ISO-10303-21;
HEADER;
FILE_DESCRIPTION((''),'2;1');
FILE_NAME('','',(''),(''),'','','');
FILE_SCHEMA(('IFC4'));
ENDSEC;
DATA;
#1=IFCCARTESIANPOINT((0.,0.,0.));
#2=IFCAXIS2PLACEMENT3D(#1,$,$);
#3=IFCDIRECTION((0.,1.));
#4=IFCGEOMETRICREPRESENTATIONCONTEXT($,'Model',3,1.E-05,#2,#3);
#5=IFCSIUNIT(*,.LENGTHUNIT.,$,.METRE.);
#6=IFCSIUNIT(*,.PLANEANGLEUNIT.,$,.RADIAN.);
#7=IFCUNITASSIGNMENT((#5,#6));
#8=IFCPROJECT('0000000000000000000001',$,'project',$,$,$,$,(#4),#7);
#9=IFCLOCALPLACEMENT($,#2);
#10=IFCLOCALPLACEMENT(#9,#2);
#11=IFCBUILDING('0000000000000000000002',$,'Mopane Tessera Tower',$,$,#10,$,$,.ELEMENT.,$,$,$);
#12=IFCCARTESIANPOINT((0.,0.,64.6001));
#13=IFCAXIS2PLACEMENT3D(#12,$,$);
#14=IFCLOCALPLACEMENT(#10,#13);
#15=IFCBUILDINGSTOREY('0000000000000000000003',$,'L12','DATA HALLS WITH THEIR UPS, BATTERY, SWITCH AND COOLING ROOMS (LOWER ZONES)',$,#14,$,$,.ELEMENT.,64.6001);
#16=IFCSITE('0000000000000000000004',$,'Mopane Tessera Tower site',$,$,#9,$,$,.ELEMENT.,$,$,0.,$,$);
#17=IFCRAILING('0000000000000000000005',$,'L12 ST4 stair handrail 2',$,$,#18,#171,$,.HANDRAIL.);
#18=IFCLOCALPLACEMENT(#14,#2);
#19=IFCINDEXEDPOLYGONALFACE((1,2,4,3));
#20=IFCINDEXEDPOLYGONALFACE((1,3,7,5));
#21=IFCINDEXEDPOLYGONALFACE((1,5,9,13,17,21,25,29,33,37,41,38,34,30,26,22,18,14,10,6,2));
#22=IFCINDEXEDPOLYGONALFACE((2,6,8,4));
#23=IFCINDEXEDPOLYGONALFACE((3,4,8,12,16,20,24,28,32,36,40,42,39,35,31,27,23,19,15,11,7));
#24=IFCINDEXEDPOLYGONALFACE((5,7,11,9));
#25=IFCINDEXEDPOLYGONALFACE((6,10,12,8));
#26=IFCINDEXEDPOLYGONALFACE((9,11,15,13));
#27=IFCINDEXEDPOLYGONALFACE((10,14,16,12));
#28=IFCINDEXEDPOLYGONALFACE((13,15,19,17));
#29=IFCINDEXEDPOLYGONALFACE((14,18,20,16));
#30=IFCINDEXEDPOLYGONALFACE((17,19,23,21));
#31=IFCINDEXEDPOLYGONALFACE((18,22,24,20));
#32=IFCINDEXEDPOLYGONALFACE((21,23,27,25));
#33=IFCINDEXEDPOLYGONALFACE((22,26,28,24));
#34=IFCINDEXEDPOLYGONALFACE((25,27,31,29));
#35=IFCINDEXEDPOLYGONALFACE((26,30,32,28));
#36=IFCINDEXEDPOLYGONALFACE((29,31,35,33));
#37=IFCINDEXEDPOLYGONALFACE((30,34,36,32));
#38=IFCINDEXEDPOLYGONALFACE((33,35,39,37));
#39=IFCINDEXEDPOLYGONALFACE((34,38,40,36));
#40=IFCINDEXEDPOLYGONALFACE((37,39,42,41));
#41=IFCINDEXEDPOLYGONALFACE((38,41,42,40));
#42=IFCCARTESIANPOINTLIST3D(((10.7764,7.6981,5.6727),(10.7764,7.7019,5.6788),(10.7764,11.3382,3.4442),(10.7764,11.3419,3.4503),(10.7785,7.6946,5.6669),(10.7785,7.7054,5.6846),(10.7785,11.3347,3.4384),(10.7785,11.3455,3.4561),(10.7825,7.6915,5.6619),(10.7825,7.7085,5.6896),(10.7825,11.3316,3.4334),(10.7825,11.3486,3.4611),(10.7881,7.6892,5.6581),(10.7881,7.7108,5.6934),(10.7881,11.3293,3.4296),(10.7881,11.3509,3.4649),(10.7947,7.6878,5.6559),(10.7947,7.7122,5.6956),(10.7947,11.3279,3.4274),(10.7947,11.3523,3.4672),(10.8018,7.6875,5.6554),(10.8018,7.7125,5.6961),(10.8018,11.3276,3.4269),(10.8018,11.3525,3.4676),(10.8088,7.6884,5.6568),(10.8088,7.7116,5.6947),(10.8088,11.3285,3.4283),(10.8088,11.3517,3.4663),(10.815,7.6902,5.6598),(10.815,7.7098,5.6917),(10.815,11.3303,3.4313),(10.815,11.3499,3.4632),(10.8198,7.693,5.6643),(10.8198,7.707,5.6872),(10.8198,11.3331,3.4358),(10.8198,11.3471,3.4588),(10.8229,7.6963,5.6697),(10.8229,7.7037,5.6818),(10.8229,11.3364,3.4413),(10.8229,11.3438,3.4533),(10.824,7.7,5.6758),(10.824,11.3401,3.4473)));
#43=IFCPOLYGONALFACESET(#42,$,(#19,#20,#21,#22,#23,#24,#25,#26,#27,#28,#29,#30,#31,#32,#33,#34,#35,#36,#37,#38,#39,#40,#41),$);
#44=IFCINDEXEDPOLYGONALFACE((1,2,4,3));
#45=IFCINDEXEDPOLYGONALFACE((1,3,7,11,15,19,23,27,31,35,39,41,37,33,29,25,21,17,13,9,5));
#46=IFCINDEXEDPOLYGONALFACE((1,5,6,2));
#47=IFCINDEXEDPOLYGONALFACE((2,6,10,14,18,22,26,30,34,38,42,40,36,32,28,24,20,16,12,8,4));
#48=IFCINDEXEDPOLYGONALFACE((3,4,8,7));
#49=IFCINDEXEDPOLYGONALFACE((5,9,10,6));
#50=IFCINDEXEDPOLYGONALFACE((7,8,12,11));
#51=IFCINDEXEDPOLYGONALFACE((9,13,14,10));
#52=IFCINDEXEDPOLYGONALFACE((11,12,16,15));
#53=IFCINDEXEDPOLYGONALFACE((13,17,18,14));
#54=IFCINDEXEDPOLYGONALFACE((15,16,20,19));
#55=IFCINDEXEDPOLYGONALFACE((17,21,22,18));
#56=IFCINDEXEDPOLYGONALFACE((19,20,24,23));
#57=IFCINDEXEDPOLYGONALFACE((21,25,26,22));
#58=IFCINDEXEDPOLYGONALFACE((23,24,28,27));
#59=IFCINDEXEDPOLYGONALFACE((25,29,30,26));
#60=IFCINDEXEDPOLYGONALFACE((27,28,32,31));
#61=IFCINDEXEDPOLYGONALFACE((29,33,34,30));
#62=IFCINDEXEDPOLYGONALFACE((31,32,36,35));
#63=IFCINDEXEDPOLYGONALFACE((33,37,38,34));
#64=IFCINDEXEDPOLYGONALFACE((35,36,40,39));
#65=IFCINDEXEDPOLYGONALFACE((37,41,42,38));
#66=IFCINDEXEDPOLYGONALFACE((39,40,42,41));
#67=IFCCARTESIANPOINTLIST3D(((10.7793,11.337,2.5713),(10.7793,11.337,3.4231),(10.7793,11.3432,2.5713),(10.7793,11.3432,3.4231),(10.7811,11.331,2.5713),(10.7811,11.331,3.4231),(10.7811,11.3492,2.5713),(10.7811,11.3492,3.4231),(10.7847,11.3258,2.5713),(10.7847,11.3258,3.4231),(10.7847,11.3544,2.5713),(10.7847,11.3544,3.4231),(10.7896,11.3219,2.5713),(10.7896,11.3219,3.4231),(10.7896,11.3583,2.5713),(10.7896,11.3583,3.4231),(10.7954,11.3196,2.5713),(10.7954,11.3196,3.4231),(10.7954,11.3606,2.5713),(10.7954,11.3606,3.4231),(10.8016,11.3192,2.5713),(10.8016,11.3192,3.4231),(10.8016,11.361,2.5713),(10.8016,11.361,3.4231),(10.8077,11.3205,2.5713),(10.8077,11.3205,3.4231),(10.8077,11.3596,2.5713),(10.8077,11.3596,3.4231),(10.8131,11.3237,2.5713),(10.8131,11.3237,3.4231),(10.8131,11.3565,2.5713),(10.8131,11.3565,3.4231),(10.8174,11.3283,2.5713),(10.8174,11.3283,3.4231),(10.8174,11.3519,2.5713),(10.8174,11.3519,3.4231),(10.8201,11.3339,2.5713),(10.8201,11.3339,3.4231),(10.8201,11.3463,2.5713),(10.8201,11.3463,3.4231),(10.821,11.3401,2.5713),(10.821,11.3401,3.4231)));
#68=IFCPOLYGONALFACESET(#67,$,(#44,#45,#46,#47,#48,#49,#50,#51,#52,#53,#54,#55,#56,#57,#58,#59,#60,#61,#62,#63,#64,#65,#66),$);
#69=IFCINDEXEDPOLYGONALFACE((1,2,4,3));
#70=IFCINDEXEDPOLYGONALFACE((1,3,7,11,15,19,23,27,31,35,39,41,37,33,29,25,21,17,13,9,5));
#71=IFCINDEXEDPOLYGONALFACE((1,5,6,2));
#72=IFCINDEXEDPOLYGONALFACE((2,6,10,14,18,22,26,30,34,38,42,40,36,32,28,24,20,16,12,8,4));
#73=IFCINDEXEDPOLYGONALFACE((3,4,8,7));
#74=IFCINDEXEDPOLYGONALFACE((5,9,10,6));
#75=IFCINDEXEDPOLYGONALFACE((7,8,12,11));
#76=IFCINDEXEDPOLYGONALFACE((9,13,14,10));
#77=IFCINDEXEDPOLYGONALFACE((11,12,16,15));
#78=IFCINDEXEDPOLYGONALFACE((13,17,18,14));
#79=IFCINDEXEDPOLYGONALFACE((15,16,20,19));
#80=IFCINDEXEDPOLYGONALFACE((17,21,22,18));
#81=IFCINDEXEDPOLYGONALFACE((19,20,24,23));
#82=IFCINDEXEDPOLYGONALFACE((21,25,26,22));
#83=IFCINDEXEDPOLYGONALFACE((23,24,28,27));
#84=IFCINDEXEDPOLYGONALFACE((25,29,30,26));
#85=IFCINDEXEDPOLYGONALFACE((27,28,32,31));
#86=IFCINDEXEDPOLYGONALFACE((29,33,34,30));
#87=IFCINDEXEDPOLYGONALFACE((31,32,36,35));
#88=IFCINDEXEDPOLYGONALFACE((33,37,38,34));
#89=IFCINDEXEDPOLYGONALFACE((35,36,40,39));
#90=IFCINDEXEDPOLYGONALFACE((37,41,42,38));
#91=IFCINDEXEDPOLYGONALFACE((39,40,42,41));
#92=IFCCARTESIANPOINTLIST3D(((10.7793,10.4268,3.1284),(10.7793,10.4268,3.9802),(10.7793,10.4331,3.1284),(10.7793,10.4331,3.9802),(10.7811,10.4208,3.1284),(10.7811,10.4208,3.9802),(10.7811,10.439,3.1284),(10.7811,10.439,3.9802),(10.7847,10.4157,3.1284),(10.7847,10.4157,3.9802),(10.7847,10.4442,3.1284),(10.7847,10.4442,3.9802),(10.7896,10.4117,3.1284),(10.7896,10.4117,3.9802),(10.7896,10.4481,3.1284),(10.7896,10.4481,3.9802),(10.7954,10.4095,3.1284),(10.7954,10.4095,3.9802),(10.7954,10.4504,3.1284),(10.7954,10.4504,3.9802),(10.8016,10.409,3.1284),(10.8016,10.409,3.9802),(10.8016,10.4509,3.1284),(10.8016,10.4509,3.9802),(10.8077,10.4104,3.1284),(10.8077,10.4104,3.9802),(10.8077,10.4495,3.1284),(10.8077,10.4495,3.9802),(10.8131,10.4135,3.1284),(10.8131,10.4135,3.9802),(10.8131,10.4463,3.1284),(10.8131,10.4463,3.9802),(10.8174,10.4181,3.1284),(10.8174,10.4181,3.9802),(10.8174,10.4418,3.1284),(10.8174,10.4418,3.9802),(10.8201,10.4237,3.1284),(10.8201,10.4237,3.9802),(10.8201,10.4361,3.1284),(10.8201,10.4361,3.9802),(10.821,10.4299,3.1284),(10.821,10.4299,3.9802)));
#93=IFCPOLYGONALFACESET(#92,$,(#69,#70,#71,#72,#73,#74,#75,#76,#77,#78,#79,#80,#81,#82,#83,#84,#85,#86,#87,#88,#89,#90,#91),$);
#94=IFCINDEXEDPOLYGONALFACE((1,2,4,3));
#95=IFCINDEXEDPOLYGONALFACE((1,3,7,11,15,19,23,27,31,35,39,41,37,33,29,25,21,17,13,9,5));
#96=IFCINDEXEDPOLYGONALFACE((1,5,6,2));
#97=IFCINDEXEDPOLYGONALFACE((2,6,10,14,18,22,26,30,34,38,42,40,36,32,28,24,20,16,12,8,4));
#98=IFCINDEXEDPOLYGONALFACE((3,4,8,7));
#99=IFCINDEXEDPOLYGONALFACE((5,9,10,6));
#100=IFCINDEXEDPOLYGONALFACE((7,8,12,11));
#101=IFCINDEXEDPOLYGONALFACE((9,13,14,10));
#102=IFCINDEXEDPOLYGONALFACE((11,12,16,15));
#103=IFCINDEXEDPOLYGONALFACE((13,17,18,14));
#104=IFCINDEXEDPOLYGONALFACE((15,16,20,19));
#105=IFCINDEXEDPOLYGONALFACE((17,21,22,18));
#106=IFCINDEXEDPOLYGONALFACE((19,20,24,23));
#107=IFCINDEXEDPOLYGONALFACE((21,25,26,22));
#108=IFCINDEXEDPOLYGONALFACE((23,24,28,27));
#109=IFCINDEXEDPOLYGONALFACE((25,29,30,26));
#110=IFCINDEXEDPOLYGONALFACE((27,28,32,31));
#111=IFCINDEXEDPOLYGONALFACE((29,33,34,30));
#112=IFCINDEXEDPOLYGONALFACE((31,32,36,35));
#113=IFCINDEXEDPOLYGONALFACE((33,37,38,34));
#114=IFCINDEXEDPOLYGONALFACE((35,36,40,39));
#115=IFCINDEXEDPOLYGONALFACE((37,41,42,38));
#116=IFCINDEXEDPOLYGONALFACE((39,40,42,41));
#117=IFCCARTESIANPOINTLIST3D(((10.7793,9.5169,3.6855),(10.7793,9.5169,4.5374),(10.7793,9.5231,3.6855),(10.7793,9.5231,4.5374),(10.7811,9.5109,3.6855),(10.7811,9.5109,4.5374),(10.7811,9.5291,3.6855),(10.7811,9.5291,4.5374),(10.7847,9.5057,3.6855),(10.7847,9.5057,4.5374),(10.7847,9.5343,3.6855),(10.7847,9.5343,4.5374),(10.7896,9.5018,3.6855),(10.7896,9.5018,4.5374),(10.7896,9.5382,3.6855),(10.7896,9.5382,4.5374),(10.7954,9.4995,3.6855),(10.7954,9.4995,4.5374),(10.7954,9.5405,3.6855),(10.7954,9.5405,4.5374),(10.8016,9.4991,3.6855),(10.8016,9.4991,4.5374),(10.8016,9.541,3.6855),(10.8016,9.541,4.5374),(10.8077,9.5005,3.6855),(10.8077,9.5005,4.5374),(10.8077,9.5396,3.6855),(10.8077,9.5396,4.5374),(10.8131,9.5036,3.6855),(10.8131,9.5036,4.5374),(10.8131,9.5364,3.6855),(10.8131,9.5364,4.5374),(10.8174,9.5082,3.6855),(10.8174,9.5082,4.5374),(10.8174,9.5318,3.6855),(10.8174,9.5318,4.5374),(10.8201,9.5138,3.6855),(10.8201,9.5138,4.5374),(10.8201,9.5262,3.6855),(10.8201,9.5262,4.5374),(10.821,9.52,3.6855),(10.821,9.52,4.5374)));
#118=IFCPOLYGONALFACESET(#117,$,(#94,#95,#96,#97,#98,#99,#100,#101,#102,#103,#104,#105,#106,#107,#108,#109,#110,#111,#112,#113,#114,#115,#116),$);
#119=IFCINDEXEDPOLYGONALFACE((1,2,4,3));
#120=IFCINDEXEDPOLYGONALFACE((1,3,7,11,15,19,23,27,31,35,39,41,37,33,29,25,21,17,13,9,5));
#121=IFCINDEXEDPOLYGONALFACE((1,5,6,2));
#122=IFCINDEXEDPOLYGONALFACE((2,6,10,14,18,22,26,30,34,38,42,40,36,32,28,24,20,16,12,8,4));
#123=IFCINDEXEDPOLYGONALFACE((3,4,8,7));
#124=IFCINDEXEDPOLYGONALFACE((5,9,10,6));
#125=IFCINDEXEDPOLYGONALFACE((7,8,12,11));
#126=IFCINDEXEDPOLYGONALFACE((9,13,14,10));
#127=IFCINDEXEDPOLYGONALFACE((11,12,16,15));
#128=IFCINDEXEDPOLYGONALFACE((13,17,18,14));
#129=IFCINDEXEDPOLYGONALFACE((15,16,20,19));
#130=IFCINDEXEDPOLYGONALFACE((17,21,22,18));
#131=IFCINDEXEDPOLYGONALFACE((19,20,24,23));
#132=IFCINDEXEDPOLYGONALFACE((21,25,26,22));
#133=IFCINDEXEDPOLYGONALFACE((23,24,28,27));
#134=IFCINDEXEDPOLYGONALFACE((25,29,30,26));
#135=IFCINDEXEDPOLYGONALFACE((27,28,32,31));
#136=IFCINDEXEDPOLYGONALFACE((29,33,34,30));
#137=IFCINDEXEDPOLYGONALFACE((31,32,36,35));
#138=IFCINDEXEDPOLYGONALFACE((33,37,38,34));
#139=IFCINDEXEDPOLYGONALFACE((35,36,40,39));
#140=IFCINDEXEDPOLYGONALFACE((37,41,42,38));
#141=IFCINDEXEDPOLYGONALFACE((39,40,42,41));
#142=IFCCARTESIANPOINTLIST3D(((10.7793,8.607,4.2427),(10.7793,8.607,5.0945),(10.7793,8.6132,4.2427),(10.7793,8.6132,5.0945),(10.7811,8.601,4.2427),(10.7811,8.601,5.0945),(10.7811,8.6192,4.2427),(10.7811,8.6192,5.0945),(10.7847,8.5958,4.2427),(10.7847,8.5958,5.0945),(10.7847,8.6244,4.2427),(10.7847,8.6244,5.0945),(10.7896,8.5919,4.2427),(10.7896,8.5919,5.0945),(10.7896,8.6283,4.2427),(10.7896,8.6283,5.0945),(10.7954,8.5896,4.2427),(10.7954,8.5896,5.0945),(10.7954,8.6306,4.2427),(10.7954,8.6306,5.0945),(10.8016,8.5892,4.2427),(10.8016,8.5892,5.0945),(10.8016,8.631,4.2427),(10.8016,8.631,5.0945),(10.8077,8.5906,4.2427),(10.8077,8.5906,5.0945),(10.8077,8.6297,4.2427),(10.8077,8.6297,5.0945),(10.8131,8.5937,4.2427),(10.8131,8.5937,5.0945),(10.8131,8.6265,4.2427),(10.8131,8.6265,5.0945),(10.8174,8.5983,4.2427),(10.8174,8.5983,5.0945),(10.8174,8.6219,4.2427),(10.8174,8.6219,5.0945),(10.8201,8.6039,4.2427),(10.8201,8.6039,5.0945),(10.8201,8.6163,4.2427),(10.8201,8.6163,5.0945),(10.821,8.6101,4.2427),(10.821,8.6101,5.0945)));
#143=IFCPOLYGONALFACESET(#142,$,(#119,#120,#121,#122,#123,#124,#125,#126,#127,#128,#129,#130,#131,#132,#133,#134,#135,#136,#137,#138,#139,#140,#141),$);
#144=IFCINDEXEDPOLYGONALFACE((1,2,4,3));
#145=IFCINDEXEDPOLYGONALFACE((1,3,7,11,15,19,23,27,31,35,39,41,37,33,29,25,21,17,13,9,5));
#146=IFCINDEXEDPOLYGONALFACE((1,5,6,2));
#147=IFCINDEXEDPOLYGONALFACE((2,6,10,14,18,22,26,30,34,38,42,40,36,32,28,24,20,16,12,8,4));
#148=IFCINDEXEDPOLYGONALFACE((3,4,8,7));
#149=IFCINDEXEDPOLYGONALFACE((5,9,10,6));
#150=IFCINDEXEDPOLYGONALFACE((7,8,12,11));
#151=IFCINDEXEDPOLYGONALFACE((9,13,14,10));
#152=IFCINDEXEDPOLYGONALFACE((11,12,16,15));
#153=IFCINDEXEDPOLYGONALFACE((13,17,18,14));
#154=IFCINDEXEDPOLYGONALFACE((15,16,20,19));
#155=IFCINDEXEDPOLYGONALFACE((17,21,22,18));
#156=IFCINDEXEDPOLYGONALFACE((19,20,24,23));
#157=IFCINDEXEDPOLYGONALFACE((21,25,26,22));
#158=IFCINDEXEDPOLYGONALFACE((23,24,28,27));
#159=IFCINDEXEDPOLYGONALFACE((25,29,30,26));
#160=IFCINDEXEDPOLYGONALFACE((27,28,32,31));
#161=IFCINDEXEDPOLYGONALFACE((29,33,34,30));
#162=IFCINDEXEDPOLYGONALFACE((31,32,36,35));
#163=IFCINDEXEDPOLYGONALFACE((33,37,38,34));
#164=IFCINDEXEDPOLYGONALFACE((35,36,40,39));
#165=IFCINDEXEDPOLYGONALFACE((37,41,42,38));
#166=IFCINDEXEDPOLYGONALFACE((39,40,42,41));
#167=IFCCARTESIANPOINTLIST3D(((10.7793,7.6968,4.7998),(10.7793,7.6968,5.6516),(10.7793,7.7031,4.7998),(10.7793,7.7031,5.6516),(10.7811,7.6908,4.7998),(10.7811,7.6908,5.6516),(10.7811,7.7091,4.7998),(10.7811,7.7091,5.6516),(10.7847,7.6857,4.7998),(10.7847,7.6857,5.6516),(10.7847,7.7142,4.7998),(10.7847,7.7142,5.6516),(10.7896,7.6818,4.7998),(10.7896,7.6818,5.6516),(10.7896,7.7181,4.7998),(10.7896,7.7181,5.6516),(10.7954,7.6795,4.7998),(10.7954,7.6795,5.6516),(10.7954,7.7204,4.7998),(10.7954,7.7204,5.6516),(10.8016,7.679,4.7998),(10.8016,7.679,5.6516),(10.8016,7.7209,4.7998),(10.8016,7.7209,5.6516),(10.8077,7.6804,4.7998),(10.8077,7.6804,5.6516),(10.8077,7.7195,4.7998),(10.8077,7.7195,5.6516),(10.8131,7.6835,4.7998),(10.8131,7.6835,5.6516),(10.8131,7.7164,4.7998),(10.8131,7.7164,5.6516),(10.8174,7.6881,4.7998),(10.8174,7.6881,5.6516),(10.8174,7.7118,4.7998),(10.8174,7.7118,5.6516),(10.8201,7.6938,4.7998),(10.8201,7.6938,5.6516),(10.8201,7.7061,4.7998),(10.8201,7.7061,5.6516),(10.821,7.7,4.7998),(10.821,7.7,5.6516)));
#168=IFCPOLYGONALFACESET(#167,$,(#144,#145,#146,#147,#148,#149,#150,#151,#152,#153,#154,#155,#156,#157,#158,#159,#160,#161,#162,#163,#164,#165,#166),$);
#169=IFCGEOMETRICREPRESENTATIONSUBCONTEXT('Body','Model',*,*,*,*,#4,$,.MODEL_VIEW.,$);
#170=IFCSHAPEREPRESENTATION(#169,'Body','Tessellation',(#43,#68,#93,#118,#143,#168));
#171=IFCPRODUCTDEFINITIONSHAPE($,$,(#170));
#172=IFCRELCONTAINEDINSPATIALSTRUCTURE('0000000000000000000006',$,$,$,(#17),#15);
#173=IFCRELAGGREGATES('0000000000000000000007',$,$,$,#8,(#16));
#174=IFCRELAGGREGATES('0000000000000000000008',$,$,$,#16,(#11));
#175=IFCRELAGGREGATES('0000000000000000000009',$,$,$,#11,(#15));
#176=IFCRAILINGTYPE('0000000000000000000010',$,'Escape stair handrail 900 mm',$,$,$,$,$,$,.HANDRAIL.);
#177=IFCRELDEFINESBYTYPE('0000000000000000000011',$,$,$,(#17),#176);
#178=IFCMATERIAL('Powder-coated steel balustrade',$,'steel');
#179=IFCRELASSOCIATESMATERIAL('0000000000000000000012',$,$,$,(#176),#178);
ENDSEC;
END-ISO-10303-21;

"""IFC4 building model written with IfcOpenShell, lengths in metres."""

from ifc_helpers import new_model, si_unit, direction, frame, origin, origin_2d, place, context, subcontext, project, spatial, circle, extrude, material, type_object, element, save


model = new_model("IFC4")

# Units and contexts
model_context = context("Model", 3, precision=1e-05, world=origin(), true_north=direction((0.0, 1.0)))
body_context = subcontext(model_context, "Body", "Model", "MODEL_VIEW")
ifc_project = project(units=[si_unit("LENGTHUNIT", "METRE"), si_unit("PLANEANGLEUNIT", "RADIAN")], contexts=[model_context])

# Site, building, storey
site_placement = place(None, origin())
site = spatial("IfcSite", under=ifc_project, at=site_placement, Name="Mopane Tessera Tower site", CompositionType="ELEMENT", RefElevation=0.0)
building_placement = place(site_placement, origin())
building = spatial("IfcBuilding", under=site, at=building_placement, Name="Mopane Tessera Tower", CompositionType="ELEMENT")
storey_placement = place(building_placement, frame((0.0, 0.0, 64.6001)))
storey = spatial("IfcBuildingStorey", under=building, at=storey_placement, Name="L12", Description="DATA HALLS WITH THEIR UPS, BATTERY, SWITCH AND COOLING ROOMS (LOWER ZONES)", CompositionType="ELEMENT", Elevation=64.6001)

# Railing
ifc_material_1 = material(Name="Powder-coated steel balustrade", Category="steel")
railing_type_1 = type_object("IfcRailingType", Name="Escape stair handrail 900 mm", PredefinedType="HANDRAIL", material=ifc_material_1)
railing_1_placement = place(storey_placement, frame((10.8, 11.3401, 2.5713)))
element("IfcRailing", 1, at=railing_1_placement, inside=storey, type_object=railing_type_1, Name="L12 ST4 stair handrail 2", PredefinedType="HANDRAIL", context=body_context, shape_type="SweptSolid", body=[
    extrude(circle(Radius=0.0239, at=origin_2d()), frame((0.0, 0.0, 0.876), z_axis=(0.0, -0.852866, 0.52213), x_axis=(1.0, 0.0, 0.0)), (0.0, 0.0, 1.0), 4.2681),
    extrude(circle(Radius=0.021, at=origin_2d()), origin(), (0.0, 0.0, 1.0), 0.8518),
    extrude(circle(Radius=0.021, at=origin_2d()), frame((0.0, -0.9102, 0.5571)), (0.0, 0.0, 1.0), 0.8518),
    extrude(circle(Radius=0.021, at=origin_2d()), frame((0.0, -1.8201, 1.1143)), (0.0, 0.0, 1.0), 0.8518),
    extrude(circle(Radius=0.021, at=origin_2d()), frame((0.0, -2.73, 1.6714)), (0.0, 0.0, 1.0), 0.8518),
    extrude(circle(Radius=0.021, at=origin_2d()), frame((0.0, -3.6401, 2.2285)), (0.0, 0.0, 1.0), 0.8518),
])

save(model, "model.ifc")
